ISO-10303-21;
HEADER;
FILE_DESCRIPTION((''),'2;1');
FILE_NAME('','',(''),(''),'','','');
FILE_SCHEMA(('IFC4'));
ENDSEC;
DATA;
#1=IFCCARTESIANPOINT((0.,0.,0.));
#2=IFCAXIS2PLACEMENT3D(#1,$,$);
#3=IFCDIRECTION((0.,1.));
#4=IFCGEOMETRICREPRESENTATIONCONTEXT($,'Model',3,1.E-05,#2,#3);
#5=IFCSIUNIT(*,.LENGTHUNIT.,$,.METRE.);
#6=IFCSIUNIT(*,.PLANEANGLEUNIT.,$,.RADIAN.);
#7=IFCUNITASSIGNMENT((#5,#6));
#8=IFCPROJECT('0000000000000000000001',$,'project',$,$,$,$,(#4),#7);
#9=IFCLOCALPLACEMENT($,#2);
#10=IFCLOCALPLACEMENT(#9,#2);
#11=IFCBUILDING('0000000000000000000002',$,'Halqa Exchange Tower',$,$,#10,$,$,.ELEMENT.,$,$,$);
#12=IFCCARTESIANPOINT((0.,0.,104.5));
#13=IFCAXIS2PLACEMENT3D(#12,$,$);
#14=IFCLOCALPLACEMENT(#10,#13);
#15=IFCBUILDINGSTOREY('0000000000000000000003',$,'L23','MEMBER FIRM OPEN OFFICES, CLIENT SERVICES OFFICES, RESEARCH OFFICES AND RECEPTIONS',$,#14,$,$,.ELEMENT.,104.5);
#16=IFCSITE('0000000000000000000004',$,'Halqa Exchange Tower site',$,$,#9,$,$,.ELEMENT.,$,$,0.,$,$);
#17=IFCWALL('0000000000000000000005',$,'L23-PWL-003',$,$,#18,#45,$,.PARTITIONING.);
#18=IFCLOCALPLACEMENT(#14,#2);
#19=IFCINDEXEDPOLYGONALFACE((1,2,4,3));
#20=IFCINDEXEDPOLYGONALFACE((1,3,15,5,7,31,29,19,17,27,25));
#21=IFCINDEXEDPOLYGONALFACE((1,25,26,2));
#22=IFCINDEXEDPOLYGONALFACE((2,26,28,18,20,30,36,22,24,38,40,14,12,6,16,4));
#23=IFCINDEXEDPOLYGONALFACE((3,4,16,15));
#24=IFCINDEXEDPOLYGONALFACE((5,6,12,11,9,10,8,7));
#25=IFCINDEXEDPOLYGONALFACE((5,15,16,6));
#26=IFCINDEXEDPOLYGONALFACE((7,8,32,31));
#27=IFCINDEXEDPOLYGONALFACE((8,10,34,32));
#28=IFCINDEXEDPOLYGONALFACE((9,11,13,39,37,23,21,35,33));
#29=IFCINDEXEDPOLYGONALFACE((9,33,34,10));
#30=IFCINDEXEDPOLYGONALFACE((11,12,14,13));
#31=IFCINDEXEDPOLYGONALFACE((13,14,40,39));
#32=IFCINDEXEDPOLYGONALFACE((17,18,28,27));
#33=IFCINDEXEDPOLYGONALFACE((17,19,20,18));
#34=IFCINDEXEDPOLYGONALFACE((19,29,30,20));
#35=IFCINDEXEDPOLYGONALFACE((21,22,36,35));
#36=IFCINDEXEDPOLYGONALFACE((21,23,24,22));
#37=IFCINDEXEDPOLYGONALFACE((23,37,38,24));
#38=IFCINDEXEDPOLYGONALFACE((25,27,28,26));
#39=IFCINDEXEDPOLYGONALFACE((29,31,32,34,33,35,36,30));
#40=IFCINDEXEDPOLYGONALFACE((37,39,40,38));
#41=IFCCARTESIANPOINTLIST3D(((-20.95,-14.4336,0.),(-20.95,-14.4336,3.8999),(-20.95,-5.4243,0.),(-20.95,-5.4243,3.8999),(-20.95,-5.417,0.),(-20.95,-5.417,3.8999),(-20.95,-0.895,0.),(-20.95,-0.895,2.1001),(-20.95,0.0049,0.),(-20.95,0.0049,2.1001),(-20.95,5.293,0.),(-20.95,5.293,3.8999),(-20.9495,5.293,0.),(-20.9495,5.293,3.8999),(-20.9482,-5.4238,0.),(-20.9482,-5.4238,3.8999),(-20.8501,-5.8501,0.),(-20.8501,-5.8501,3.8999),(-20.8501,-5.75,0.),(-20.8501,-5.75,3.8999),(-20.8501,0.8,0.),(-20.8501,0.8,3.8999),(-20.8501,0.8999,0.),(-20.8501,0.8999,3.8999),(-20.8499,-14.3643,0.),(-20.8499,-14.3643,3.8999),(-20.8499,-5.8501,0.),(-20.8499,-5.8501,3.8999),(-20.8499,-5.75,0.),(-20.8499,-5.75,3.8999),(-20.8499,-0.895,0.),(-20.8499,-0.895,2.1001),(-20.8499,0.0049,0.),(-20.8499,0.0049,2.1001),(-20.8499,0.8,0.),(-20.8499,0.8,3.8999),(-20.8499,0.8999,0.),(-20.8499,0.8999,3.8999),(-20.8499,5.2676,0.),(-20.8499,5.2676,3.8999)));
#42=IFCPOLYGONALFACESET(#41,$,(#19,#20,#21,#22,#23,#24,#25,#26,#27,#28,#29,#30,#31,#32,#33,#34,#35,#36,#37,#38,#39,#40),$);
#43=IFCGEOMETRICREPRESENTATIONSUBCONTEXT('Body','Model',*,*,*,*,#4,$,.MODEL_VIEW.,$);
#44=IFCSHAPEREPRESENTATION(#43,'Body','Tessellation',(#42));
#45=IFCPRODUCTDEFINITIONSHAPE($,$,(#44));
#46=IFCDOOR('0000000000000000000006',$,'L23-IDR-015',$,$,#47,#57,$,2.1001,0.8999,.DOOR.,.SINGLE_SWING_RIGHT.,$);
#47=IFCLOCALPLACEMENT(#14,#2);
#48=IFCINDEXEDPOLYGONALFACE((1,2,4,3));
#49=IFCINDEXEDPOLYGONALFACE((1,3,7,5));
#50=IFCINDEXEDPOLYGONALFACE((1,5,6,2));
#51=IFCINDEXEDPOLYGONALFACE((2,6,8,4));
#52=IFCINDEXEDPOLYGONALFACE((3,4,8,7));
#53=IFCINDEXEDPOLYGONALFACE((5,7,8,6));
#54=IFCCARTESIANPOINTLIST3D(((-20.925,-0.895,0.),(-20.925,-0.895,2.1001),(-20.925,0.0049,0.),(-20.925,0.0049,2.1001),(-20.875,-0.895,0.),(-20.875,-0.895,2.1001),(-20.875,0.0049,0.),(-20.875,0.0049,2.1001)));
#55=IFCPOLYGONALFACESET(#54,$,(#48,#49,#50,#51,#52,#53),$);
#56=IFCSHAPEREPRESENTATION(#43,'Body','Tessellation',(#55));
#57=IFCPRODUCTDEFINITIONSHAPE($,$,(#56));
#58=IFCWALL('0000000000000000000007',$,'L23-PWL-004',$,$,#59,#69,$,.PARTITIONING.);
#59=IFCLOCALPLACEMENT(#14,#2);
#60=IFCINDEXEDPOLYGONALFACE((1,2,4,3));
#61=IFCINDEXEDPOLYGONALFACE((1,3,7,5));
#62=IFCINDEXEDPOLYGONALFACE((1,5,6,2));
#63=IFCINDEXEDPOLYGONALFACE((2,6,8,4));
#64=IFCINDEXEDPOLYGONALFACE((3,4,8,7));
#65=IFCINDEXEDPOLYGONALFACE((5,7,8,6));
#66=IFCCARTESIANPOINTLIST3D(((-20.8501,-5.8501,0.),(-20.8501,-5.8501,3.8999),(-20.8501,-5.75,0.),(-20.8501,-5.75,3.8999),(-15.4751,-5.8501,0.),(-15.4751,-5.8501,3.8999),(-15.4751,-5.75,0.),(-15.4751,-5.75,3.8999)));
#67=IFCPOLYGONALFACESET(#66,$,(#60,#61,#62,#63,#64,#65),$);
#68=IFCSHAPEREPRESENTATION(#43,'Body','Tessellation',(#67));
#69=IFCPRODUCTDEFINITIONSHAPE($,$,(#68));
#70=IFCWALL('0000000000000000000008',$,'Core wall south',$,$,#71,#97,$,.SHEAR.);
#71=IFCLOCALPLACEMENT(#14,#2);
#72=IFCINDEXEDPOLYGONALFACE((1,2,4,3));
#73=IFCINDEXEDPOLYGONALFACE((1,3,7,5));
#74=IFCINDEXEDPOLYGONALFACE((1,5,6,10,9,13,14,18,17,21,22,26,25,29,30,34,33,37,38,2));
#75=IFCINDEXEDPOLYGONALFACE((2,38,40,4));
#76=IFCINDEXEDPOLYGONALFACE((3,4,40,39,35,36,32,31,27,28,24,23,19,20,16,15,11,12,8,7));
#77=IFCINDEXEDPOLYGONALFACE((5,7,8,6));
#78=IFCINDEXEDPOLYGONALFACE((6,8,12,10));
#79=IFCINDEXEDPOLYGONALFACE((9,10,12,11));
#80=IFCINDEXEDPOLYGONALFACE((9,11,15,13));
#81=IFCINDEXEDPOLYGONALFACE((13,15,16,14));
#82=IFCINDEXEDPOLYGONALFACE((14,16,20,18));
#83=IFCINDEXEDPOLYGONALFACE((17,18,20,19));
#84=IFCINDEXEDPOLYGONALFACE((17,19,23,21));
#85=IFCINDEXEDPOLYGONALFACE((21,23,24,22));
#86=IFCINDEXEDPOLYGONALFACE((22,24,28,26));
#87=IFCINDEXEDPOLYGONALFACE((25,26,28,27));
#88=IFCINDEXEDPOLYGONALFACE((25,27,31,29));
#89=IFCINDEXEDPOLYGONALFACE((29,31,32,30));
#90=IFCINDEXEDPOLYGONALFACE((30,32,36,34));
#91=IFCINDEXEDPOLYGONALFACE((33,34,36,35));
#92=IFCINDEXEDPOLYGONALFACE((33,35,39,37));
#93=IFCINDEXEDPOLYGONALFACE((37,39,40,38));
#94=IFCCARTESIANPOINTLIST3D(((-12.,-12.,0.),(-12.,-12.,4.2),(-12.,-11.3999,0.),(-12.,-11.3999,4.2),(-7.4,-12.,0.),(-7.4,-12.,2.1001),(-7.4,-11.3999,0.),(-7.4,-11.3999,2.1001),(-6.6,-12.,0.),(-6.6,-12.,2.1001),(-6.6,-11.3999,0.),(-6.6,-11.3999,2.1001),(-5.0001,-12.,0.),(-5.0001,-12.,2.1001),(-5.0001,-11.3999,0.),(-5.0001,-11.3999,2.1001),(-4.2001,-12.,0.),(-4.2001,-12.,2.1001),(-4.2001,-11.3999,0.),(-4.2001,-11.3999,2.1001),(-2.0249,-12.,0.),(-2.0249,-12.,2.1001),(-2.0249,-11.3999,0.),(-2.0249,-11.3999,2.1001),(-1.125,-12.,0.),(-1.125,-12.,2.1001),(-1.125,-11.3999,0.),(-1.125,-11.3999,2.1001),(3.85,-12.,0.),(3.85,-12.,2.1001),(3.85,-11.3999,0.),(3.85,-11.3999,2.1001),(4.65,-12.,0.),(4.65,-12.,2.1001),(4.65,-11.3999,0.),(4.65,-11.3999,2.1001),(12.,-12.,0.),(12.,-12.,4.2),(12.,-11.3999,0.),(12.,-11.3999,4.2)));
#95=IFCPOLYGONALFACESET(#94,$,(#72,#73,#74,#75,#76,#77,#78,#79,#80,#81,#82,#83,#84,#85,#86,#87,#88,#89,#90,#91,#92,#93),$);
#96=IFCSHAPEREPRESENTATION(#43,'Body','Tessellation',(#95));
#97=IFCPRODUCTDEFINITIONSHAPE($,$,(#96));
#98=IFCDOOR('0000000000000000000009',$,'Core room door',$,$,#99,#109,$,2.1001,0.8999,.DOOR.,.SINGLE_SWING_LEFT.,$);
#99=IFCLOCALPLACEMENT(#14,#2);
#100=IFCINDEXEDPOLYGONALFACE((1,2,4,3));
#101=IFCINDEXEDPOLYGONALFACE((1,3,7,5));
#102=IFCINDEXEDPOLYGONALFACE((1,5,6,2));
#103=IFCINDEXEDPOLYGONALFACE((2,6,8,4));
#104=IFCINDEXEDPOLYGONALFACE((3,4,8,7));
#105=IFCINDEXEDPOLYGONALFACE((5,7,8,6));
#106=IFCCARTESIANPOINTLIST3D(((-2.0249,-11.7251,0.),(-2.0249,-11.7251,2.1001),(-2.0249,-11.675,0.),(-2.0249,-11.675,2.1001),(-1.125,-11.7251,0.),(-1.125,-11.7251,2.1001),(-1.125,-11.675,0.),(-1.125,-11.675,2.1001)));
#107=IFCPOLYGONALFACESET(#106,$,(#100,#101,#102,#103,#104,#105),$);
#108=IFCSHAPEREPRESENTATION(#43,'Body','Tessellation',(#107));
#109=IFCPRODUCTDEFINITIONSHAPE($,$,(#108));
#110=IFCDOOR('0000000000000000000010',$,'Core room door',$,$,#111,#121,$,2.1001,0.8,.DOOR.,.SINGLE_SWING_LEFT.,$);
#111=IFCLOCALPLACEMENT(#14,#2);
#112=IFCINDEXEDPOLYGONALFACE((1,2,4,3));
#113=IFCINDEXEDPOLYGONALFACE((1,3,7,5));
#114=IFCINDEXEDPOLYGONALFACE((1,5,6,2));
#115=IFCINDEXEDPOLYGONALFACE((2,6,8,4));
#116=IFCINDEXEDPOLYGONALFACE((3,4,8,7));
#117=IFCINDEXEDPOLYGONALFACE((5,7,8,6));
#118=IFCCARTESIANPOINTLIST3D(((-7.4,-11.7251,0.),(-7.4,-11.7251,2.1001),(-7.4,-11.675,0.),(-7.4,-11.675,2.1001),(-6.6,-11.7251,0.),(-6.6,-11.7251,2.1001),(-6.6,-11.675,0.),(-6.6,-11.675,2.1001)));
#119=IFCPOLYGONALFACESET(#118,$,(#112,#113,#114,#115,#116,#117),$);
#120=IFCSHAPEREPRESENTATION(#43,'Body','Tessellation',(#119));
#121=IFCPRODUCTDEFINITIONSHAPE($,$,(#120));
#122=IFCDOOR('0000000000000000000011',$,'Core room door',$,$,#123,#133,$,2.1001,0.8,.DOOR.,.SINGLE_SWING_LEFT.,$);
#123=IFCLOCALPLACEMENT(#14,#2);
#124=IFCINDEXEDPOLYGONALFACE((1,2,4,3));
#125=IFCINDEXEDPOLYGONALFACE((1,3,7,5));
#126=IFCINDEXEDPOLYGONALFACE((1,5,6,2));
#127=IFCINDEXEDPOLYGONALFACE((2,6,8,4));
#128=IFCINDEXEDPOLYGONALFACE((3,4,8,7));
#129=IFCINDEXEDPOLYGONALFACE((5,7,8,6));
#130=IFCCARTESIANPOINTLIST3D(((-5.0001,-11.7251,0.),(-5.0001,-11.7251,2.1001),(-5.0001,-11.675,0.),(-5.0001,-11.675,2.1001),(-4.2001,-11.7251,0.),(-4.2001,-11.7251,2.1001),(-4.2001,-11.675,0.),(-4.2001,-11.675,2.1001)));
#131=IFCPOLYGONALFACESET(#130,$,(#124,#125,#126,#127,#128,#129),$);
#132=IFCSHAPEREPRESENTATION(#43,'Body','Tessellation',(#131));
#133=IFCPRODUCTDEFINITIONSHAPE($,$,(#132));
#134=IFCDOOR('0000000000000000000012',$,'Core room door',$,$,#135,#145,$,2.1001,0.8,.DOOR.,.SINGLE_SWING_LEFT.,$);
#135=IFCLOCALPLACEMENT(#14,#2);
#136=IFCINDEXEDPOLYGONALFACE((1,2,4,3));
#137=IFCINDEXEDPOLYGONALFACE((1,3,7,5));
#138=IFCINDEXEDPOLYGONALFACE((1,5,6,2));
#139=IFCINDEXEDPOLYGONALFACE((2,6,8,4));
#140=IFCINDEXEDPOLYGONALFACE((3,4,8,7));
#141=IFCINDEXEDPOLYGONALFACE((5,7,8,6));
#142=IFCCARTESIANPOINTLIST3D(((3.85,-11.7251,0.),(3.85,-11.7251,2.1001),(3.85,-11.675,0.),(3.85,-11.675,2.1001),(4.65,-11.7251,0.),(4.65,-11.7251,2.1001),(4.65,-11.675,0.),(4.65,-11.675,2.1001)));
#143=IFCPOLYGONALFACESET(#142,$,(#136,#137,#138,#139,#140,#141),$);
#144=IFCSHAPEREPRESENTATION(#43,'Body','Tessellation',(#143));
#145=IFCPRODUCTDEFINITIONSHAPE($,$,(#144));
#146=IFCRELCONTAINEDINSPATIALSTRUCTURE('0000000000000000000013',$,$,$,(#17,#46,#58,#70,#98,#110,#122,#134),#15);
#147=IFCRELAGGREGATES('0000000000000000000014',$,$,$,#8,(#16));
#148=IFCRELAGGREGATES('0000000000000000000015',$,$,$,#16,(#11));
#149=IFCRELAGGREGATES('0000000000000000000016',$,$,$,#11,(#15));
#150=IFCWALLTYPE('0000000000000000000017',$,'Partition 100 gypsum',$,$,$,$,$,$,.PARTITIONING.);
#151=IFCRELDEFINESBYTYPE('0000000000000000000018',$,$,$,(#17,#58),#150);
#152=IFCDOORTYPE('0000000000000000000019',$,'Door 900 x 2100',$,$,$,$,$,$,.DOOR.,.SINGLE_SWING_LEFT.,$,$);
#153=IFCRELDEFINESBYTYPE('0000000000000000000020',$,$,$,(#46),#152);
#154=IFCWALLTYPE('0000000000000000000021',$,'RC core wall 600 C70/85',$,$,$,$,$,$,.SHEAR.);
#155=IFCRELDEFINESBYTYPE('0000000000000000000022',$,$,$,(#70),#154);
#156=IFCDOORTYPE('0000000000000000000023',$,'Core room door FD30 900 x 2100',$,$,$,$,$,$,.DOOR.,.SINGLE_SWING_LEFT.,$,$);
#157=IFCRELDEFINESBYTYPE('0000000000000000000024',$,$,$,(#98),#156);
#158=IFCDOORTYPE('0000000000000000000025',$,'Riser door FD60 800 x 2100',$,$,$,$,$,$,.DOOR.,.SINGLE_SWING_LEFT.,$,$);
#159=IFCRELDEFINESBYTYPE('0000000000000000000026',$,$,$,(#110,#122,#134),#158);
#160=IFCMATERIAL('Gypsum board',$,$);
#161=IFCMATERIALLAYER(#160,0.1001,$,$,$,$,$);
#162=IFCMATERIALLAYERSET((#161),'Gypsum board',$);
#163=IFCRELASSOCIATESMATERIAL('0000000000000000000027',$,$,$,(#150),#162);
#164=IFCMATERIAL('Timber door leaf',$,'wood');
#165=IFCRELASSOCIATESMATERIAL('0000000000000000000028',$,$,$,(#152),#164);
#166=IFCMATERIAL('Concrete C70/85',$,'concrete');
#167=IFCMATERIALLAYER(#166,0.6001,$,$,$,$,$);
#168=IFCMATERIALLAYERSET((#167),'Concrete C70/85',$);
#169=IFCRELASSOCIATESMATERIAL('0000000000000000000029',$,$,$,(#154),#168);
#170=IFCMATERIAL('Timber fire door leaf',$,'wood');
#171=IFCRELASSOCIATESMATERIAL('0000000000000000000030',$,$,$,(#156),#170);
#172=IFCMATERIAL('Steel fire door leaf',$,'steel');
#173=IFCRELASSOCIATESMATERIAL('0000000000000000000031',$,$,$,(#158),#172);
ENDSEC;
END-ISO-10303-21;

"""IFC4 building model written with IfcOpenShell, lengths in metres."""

from ifc_helpers import new_model, si_unit, direction, frame, frame_2d, origin, place, context, subcontext, project, spatial, polyline, rectangle, outline, extrude, material, layer, layer_set, type_object, element, fill, save


model = new_model("IFC4")

# Units and contexts
model_context = context("Model", 3, precision=1e-05, world=origin(), true_north=direction((0.0, 1.0)))
body_context = subcontext(model_context, "Body", "Model", "MODEL_VIEW")
ifc_project = project(units=[si_unit("LENGTHUNIT", "METRE"), si_unit("PLANEANGLEUNIT", "RADIAN")], contexts=[model_context])

# Site, building, storey
site_placement = place(None, origin())
site = spatial("IfcSite", under=ifc_project, at=site_placement, Name="Halqa Exchange Tower site", CompositionType="ELEMENT", RefElevation=0.0)
building_placement = place(site_placement, origin())
building = spatial("IfcBuilding", under=site, at=building_placement, Name="Halqa Exchange Tower", CompositionType="ELEMENT")
storey_placement = place(building_placement, frame((0.0, 0.0, 104.5)))
storey = spatial("IfcBuildingStorey", under=building, at=storey_placement, Name="L23", Description="MEMBER FIRM OPEN OFFICES, CLIENT SERVICES OFFICES, RESEARCH OFFICES AND RECEPTIONS", CompositionType="ELEMENT", Elevation=104.5)

# Shared definitions
ifc_material_1 = material(Name="Concrete C70/85", Category="concrete")

# Wall, opening, door
ifc_material_2 = material(Name="Gypsum board")
ifc_layer_1 = layer(ifc_material_2, 0.1001)
ifc_layer_set_1 = layer_set([ifc_layer_1], Name="Gypsum board")
wall_type_1 = type_object("IfcWallType", Name="Partition 100 gypsum", PredefinedType="PARTITIONING", material=ifc_layer_set_1)
wall_1_placement = place(storey_placement, frame((-20.8999, -14.4336, 0.0), z_axis=(0.0, 0.0, 1.0), x_axis=(0.0, 1.0, 0.0)))
wall_1 = element("IfcWall", 1, at=wall_1_placement, inside=storey, type_object=wall_type_1, Name="L23-PWL-003", PredefinedType="PARTITIONING", context=body_context, shape_type="SweptSolid", body=[
    extrude(outline(polyline([(0.0693, -0.05), (1.7722, -0.05), (3.4751, -0.05), (5.178, -0.05), (6.8809, -0.05), (8.5835, -0.05), (8.5835, -0.0498), (8.6836, -0.0498), (8.6836, -0.05), (10.321, -0.05), (11.9585, -0.05), (13.5962, -0.05), (15.2336, -0.05), (15.2336, -0.0498), (15.3335, -0.0498), (15.3335, -0.05), (16.7893, -0.05), (18.2451, -0.05), (19.7012, -0.05), (19.7266, 0.0496), (19.7266, 0.05), (17.9417, 0.05), (16.1565, 0.05), (14.3716, 0.05), (12.5867, 0.05), (10.8015, 0.05), (9.0166, 0.05), (9.0098, 0.0483), (9.0093, 0.05), (7.2075, 0.05), (5.4055, 0.05), (3.6038, 0.05), (1.8018, 0.05), (0.0, 0.05), (0.0693, -0.05)])), origin(), (0.0, 0.0, 1.0), 3.8999),
])
opening_1_placement = place(wall_1_placement, frame((13.5386, 0.0, 0.0)))
opening_1 = element("IfcOpeningElement", 2, at=opening_1_placement, cuts=wall_1, PredefinedType="OPENING", context=body_context, shape_type="SweptSolid", body=[
    extrude(rectangle(XDim=0.8999, YDim=2.1001, at=frame_2d((0.45, 1.05))), frame((0.0, 0.062, 0.0), z_axis=(0.0, -1.0, 0.0), x_axis=(1.0, 0.0, 0.0)), (0.0, 0.0, 1.0), 0.124),
])
ifc_material_3 = material(Name="Timber door leaf", Category="wood")
door_type_1 = type_object("IfcDoorType", Name="Door 900 x 2100", OperationType="SINGLE_SWING_LEFT", PredefinedType="DOOR", material=ifc_material_3)
door_1_placement = place(opening_1_placement, frame((0.8999, 0.0, 0.0), z_axis=(0.0, 0.0, 1.0), x_axis=(-1.0, 0.0, 0.0)))
door_1 = element("IfcDoor", 3, at=door_1_placement, inside=storey, type_object=door_type_1, Name="L23-IDR-015", OperationType="SINGLE_SWING_RIGHT", OverallHeight=2.1001, OverallWidth=0.8999, PredefinedType="DOOR", context=body_context, shape_type="SweptSolid", body=[
    extrude(rectangle(XDim=0.8999, YDim=2.1001, at=frame_2d((0.45, 1.05))), frame((0.0, 0.0249, 0.0), z_axis=(0.0, -1.0, 0.0), x_axis=(1.0, 0.0, 0.0)), (0.0, 0.0, 1.0), 0.05),
])
fill(opening_1, door_1)

# Wall
wall_2_placement = place(storey_placement, frame((-20.8501, -5.8, 0.0), z_axis=(0.0, 0.0, 1.0), x_axis=(1.0, 0.0, 0.0)))
element("IfcWall", 4, at=wall_2_placement, inside=storey, type_object=wall_type_1, Name="L23-PWL-004", PredefinedType="PARTITIONING", context=body_context, shape_type="SweptSolid", body=[
    extrude(rectangle(XDim=5.375, YDim=0.1001, at=frame_2d((2.6875, 0.0))), origin(), (0.0, 0.0, 1.0), 3.8999),
])

# Wall, openings, doors
ifc_layer_2 = layer(ifc_material_1, 0.6001)
ifc_layer_set_2 = layer_set([ifc_layer_2], Name="Concrete C70/85")
wall_type_2 = type_object("IfcWallType", Name="RC core wall 600 C70/85", PredefinedType="SHEAR", material=ifc_layer_set_2)
wall_3_placement = place(storey_placement, frame((-12.0, -11.7, 0.0), z_axis=(0.0, 0.0, 1.0), x_axis=(1.0, 0.0, 0.0)))
wall_3 = element("IfcWall", 5, at=wall_3_placement, inside=storey, type_object=wall_type_2, Name="Core wall south", PredefinedType="SHEAR", context=body_context, shape_type="SweptSolid", body=[
    extrude(rectangle(XDim=24.0, YDim=0.6001, at=frame_2d((12.0, 0.0))), origin(), (0.0, 0.0, 1.0), 4.2),
])
opening_2_placement = place(wall_3_placement, frame((9.9751, 0.0, 0.0)))
opening_2 = element("IfcOpeningElement", 6, at=opening_2_placement, cuts=wall_3, PredefinedType="OPENING", context=body_context, shape_type="SweptSolid", body=[
    extrude(rectangle(XDim=0.8999, YDim=2.1001, at=frame_2d((0.45, 1.05))), frame((0.0, 0.312, 0.0), z_axis=(0.0, -1.0, 0.0), x_axis=(1.0, 0.0, 0.0)), (0.0, 0.0, 1.0), 0.624),
])
opening_3_placement = place(wall_3_placement, frame((4.6001, 0.0, 0.0)))
opening_3 = element("IfcOpeningElement", 7, at=opening_3_placement, cuts=wall_3, PredefinedType="OPENING", context=body_context, shape_type="SweptSolid", body=[
    extrude(rectangle(XDim=0.8, YDim=2.1001, at=frame_2d((0.3999, 1.05))), frame((0.0, 0.312, 0.0), z_axis=(0.0, -1.0, 0.0), x_axis=(1.0, 0.0, 0.0)), (0.0, 0.0, 1.0), 0.624),
])
opening_4_placement = place(wall_3_placement, frame((7.0, 0.0, 0.0)))
opening_4 = element("IfcOpeningElement", 8, at=opening_4_placement, cuts=wall_3, PredefinedType="OPENING", context=body_context, shape_type="SweptSolid", body=[
    extrude(rectangle(XDim=0.8, YDim=2.1001, at=frame_2d((0.3999, 1.05))), frame((0.0, 0.312, 0.0), z_axis=(0.0, -1.0, 0.0), x_axis=(1.0, 0.0, 0.0)), (0.0, 0.0, 1.0), 0.624),
])
opening_5_placement = place(wall_3_placement, frame((15.8501, 0.0, 0.0)))
opening_5 = element("IfcOpeningElement", 9, at=opening_5_placement, cuts=wall_3, PredefinedType="OPENING", context=body_context, shape_type="SweptSolid", body=[
    extrude(rectangle(XDim=0.8, YDim=2.1001, at=frame_2d((0.3999, 1.05))), frame((0.0, 0.312, 0.0), z_axis=(0.0, -1.0, 0.0), x_axis=(1.0, 0.0, 0.0)), (0.0, 0.0, 1.0), 0.624),
])
ifc_material_4 = material(Name="Timber fire door leaf", Category="wood")
door_type_2 = type_object("IfcDoorType", Name="Core room door FD30 900 x 2100", OperationType="SINGLE_SWING_LEFT", PredefinedType="DOOR", material=ifc_material_4)
door_2_placement = place(opening_2_placement, origin())
door_2 = element("IfcDoor", 10, at=door_2_placement, inside=storey, type_object=door_type_2, Name="Core room door", OperationType="SINGLE_SWING_LEFT", OverallHeight=2.1001, OverallWidth=0.8999, PredefinedType="DOOR", context=body_context, shape_type="SweptSolid", body=[
    extrude(rectangle(XDim=0.8999, YDim=2.1001, at=frame_2d((0.45, 1.05))), frame((0.0, 0.0249, 0.0), z_axis=(0.0, -1.0, 0.0), x_axis=(1.0, 0.0, 0.0)), (0.0, 0.0, 1.0), 0.05),
])
fill(opening_2, door_2)
ifc_material_5 = material(Name="Steel fire door leaf", Category="steel")
door_type_3 = type_object("IfcDoorType", Name="Riser door FD60 800 x 2100", OperationType="SINGLE_SWING_LEFT", PredefinedType="DOOR", material=ifc_material_5)
door_3_placement = place(opening_3_placement, origin())
door_3 = element("IfcDoor", 11, at=door_3_placement, inside=storey, type_object=door_type_3, Name="Core room door", OperationType="SINGLE_SWING_LEFT", OverallHeight=2.1001, OverallWidth=0.8, PredefinedType="DOOR", context=body_context, shape_type="SweptSolid", body=[
    extrude(rectangle(XDim=0.8, YDim=2.1001, at=frame_2d((0.3999, 1.05))), frame((0.0, 0.0249, 0.0), z_axis=(0.0, -1.0, 0.0), x_axis=(1.0, 0.0, 0.0)), (0.0, 0.0, 1.0), 0.05),
])
fill(opening_3, door_3)
door_4_placement = place(opening_4_placement, origin())
door_4 = element("IfcDoor", 12, at=door_4_placement, inside=storey, type_object=door_type_3, Name="Core room door", OperationType="SINGLE_SWING_LEFT", OverallHeight=2.1001, OverallWidth=0.8, PredefinedType="DOOR", context=body_context, shape_type="SweptSolid", body=[
    extrude(rectangle(XDim=0.8, YDim=2.1001, at=frame_2d((0.3999, 1.05))), frame((0.0, 0.0249, 0.0), z_axis=(0.0, -1.0, 0.0), x_axis=(1.0, 0.0, 0.0)), (0.0, 0.0, 1.0), 0.05),
])
fill(opening_4, door_4)
door_5_placement = place(opening_5_placement, origin())
door_5 = element("IfcDoor", 13, at=door_5_placement, inside=storey, type_object=door_type_3, Name="Core room door", OperationType="SINGLE_SWING_LEFT", OverallHeight=2.1001, OverallWidth=0.8, PredefinedType="DOOR", context=body_context, shape_type="SweptSolid", body=[
    extrude(rectangle(XDim=0.8, YDim=2.1001, at=frame_2d((0.3999, 1.05))), frame((0.0, 0.0249, 0.0), z_axis=(0.0, -1.0, 0.0), x_axis=(1.0, 0.0, 0.0)), (0.0, 0.0, 1.0), 0.05),
])
fill(opening_5, door_5)

save(model, "model.ifc")
